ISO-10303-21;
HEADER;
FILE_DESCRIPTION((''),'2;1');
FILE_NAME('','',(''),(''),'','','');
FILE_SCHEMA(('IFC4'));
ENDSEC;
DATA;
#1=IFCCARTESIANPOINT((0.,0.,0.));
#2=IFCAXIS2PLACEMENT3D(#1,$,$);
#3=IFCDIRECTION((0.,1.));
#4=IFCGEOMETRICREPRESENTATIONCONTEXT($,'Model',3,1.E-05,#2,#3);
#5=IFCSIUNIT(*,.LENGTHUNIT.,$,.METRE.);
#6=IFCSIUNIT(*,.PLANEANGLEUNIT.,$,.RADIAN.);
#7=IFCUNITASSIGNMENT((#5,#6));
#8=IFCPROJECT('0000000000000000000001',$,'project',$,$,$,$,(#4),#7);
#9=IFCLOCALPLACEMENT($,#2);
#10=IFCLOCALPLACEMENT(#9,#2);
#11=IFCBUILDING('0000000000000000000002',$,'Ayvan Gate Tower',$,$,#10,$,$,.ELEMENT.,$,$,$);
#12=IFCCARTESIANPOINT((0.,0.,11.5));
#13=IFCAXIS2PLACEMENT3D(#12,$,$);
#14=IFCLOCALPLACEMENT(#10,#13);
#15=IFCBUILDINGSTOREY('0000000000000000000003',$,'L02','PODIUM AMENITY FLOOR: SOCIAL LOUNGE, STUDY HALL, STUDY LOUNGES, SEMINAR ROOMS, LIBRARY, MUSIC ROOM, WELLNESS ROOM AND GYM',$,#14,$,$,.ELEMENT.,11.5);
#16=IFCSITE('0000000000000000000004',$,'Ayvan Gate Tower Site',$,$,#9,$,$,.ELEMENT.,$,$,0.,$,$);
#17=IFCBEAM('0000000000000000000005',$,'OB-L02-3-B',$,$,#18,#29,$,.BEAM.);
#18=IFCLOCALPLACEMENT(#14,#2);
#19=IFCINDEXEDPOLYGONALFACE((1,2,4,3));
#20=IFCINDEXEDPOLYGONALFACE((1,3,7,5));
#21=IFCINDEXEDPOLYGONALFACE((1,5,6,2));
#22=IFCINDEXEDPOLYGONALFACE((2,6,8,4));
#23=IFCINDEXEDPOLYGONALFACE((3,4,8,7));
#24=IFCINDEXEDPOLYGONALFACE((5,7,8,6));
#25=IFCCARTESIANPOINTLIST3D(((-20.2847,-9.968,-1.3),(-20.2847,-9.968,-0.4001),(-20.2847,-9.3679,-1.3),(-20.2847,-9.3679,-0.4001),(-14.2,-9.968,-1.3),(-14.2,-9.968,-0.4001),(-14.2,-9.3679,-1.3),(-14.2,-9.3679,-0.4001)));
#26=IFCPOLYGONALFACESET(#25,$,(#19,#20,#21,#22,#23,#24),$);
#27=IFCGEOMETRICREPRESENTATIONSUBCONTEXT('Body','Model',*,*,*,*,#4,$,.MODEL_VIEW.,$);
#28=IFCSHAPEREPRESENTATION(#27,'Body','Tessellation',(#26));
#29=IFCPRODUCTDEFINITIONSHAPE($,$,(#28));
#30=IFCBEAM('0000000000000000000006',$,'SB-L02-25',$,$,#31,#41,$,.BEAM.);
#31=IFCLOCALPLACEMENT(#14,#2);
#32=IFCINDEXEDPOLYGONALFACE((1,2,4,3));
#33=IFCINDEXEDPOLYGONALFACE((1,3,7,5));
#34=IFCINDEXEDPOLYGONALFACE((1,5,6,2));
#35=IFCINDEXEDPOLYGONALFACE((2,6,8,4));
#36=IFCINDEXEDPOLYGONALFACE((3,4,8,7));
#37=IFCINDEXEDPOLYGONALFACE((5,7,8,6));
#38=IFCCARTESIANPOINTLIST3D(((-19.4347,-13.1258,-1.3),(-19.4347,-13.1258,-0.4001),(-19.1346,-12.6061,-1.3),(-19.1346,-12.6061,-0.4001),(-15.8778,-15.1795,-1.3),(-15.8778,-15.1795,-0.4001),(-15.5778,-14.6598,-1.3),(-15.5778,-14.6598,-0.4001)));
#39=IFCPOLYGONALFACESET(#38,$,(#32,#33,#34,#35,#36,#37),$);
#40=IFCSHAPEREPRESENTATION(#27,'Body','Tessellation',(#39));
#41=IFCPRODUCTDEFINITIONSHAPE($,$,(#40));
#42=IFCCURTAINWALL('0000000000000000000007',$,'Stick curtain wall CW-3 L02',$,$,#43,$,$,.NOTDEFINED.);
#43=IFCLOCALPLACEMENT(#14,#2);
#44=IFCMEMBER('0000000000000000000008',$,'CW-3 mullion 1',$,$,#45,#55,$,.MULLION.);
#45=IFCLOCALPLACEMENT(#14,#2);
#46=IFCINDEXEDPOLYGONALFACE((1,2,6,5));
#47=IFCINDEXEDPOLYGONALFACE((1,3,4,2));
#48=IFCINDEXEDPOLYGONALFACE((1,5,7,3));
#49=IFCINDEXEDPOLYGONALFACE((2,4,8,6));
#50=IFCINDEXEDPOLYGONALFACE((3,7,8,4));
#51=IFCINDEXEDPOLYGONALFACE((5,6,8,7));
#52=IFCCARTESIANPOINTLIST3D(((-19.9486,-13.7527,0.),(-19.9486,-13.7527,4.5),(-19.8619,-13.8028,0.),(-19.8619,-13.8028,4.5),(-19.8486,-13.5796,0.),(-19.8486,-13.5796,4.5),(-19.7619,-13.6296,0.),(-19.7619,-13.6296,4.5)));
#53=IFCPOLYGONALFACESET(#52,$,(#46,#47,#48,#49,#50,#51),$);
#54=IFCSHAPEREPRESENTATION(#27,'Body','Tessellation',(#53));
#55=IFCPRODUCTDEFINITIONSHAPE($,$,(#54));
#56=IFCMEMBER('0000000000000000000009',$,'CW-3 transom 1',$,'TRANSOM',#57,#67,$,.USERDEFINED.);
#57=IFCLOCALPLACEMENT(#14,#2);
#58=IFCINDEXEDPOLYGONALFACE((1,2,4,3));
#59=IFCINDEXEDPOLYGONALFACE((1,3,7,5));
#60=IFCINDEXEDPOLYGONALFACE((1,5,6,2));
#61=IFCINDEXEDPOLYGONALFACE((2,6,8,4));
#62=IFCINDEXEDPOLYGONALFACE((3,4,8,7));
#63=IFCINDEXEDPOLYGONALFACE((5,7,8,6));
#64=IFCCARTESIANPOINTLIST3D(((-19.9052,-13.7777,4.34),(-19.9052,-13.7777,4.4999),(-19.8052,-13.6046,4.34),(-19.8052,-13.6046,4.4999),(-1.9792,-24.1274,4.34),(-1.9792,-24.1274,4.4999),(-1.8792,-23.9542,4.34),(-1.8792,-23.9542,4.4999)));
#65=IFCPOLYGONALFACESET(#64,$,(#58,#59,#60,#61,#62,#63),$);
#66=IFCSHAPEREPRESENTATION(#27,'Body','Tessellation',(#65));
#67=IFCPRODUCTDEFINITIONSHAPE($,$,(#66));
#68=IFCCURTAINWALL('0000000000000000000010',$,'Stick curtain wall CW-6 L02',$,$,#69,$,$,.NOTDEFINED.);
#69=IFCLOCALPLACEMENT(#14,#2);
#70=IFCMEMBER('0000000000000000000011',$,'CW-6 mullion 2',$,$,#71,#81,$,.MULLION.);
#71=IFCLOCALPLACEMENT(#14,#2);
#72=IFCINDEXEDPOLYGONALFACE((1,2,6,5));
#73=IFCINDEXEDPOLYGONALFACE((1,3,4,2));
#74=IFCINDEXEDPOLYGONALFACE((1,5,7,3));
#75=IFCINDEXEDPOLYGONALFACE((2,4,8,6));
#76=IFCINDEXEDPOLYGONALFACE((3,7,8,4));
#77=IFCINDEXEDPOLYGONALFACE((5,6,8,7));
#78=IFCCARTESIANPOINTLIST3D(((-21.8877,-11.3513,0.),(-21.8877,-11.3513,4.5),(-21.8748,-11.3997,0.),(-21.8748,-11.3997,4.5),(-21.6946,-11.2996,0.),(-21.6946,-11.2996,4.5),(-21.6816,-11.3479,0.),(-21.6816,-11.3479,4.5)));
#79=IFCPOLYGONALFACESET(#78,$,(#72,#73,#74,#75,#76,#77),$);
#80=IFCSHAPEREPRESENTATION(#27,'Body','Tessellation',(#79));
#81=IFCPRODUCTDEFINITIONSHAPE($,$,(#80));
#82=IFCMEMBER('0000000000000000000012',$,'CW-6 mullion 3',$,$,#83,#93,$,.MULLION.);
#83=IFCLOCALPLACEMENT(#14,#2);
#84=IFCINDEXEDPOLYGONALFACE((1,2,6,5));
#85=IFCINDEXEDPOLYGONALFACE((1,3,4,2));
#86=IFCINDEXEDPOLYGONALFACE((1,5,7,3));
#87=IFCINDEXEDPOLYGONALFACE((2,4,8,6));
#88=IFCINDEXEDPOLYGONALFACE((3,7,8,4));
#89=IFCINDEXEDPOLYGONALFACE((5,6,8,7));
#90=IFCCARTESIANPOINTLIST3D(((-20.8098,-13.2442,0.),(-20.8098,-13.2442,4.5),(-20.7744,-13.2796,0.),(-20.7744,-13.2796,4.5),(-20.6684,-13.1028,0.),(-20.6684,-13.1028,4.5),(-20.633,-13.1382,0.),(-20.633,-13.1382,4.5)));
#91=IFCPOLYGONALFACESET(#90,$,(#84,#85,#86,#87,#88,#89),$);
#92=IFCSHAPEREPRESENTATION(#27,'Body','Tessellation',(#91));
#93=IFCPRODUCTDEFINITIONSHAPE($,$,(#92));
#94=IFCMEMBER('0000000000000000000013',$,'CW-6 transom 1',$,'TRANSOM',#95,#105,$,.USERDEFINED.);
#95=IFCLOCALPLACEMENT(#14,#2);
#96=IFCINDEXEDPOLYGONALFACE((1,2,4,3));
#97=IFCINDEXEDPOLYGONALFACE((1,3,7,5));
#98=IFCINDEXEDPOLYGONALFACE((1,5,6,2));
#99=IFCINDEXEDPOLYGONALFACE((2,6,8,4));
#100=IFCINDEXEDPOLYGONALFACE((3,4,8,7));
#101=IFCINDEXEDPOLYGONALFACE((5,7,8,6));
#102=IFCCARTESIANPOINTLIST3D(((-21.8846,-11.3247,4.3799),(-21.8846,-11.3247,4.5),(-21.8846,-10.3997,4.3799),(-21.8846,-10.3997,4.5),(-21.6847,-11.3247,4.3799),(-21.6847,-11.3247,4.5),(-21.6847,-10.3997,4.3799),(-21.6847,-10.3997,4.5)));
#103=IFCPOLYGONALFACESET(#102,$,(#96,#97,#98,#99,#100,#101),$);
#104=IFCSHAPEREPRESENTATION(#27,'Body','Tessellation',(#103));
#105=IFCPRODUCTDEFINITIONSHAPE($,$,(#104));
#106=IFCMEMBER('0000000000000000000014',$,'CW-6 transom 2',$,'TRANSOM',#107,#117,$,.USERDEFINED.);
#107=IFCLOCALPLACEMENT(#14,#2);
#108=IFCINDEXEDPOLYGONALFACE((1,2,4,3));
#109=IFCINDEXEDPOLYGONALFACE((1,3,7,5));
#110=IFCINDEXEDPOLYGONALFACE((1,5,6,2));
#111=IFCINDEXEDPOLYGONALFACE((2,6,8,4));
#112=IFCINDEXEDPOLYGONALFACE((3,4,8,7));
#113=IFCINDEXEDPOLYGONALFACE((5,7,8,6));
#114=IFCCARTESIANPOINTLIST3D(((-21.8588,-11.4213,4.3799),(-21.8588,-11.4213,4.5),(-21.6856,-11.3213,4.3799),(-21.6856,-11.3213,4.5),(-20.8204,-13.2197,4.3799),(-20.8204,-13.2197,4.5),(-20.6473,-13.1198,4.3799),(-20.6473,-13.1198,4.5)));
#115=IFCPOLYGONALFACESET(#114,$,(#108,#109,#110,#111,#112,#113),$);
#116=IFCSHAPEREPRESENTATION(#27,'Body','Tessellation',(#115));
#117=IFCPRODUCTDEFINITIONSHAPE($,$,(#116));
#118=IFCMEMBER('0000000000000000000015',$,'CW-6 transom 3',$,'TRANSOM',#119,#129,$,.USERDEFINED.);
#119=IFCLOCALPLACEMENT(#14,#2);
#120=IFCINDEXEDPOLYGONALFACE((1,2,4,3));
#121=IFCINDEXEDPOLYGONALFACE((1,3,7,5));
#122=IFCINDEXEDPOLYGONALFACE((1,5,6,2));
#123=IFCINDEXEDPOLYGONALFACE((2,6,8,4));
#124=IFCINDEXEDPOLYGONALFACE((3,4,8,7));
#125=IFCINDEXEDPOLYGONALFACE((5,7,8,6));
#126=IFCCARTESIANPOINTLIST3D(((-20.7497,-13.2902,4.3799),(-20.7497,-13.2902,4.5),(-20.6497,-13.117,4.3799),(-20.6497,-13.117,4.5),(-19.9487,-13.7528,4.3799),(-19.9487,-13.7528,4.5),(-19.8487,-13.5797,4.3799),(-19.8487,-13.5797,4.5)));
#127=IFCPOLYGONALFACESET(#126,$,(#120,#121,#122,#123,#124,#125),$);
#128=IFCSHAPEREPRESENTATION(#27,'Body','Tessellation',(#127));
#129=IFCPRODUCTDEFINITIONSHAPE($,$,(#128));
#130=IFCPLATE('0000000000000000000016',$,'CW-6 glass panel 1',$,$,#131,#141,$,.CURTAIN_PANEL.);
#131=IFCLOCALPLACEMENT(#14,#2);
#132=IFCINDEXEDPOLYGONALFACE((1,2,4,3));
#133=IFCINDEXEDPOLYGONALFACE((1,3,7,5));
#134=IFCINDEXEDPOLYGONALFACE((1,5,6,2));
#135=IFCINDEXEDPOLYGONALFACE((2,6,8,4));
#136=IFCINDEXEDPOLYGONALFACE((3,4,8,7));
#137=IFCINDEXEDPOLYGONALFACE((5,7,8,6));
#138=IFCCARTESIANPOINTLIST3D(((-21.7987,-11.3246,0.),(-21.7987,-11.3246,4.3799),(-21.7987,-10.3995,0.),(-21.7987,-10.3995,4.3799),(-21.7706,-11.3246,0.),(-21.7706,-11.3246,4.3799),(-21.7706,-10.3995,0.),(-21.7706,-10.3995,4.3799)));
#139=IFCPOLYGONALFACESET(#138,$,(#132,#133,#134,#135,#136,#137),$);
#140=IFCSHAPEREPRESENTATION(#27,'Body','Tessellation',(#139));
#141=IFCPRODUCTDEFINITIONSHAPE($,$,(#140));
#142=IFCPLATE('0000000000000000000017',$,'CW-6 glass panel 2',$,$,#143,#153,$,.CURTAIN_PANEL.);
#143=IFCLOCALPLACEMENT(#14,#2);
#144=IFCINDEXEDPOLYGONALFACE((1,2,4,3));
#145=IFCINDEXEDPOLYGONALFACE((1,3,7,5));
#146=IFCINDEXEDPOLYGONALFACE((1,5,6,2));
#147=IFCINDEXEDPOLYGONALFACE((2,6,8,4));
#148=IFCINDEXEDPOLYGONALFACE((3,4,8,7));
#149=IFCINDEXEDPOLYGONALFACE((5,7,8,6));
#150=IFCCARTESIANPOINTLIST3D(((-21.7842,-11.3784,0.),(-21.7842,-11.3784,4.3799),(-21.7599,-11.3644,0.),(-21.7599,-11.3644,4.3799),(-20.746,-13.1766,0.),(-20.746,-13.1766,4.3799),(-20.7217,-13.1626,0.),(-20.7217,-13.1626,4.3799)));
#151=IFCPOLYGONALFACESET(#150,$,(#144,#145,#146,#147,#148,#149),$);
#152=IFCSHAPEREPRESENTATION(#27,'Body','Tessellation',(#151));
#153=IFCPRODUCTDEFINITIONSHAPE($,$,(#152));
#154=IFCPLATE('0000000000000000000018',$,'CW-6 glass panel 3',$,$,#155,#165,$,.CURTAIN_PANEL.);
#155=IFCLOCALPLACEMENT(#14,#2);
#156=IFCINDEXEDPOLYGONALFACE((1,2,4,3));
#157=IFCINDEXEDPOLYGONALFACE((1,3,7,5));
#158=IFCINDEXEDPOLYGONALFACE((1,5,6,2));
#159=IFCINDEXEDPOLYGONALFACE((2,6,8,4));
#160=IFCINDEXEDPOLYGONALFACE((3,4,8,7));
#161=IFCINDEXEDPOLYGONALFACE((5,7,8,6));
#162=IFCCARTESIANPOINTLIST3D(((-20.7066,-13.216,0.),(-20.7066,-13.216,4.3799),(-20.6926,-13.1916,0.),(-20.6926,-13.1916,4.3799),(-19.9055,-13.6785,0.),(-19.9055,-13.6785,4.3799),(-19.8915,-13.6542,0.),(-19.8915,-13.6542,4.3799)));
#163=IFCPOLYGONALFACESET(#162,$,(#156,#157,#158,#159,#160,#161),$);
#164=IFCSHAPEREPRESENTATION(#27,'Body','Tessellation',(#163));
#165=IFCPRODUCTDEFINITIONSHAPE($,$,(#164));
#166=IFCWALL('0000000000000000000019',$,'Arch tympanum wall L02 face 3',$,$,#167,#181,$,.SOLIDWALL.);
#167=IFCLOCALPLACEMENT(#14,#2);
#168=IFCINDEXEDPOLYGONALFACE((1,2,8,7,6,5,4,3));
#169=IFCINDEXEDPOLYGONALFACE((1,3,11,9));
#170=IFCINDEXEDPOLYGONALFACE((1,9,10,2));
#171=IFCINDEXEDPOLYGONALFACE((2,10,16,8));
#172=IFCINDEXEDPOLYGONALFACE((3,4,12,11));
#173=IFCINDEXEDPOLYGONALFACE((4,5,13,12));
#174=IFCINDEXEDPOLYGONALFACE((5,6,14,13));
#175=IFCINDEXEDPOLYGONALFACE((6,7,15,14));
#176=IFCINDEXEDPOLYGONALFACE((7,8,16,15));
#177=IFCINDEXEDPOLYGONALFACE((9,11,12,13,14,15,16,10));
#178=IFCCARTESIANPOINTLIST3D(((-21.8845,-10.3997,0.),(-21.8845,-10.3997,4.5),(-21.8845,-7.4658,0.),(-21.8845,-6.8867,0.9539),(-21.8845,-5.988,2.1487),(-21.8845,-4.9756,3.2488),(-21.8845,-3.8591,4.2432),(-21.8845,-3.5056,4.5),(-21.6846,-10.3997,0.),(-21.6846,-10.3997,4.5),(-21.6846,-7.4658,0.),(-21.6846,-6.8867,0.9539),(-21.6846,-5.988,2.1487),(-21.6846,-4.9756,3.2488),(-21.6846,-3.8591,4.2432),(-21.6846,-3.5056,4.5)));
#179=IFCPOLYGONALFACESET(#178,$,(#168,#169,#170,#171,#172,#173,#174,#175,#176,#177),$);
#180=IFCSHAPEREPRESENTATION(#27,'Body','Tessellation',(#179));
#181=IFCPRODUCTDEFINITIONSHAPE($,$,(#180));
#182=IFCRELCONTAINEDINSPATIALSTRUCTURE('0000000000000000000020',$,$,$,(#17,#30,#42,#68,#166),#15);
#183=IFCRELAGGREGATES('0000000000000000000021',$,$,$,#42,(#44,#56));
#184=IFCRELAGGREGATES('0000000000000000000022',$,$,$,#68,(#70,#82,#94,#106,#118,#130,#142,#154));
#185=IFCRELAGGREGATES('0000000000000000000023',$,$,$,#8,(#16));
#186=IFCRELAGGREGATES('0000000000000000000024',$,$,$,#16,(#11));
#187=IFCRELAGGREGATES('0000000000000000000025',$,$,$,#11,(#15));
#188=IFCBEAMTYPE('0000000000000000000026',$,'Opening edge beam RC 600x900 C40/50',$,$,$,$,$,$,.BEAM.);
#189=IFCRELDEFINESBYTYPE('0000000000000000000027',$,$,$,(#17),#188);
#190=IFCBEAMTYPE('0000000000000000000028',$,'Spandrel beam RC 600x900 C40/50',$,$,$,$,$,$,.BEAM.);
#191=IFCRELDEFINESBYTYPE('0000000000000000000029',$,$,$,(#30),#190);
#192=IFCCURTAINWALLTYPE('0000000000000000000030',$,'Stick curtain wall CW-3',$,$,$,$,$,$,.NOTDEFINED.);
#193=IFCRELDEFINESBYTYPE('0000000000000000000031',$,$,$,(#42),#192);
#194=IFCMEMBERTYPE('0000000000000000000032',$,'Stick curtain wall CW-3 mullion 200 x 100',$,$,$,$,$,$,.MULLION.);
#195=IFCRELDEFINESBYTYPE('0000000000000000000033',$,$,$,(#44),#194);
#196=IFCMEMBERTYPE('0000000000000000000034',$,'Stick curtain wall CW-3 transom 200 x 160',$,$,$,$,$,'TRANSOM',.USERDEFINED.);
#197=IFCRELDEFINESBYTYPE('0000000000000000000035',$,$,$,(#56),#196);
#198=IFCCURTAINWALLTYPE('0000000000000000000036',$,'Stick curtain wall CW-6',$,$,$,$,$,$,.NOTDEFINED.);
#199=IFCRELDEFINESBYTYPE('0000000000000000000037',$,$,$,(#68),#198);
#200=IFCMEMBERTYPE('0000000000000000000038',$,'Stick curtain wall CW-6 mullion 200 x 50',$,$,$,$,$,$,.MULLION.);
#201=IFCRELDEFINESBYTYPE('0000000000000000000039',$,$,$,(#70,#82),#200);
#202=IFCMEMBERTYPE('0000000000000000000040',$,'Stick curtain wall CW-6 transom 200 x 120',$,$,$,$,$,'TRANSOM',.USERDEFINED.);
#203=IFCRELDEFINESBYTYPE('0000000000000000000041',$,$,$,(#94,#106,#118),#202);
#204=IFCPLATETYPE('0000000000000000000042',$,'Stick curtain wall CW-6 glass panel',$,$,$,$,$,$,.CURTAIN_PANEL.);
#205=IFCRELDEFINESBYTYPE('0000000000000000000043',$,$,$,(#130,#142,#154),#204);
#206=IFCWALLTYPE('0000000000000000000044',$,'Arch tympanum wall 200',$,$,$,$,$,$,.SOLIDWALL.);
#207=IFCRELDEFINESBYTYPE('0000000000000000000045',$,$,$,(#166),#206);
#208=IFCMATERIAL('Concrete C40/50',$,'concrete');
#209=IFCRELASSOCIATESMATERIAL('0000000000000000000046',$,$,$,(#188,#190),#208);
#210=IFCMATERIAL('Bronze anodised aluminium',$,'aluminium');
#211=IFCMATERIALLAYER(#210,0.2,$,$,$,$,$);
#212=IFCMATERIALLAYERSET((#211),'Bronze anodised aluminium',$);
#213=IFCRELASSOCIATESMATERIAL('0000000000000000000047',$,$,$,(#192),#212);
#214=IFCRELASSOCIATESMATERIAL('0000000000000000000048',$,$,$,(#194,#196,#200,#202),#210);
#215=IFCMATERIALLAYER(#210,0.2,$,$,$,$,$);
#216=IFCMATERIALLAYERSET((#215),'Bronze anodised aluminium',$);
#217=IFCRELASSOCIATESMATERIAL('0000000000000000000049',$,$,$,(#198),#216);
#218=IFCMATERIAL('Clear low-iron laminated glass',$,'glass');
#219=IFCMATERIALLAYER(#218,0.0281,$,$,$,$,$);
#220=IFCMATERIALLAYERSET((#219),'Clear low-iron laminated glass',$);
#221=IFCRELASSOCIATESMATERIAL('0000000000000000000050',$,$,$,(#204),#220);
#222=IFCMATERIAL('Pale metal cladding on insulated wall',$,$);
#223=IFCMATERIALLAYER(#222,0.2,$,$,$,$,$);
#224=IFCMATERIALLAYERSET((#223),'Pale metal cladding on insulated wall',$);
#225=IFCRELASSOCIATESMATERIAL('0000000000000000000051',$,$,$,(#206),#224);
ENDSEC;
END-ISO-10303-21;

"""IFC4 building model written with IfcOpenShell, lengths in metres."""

from ifc_helpers import new_model, si_unit, direction, frame, origin, origin_2d, place, context, subcontext, project, spatial, polyline, rectangle, outline, extrude, material, layer, layer_set, material_profile, profile_set, type_object, element, aggregate, save


model = new_model("IFC4")

# Units and contexts
model_context = context("Model", 3, precision=1e-05, world=origin(), true_north=direction((0.0, 1.0)))
body_context = subcontext(model_context, "Body", "Model", "MODEL_VIEW")
ifc_project = project(units=[si_unit("LENGTHUNIT", "METRE"), si_unit("PLANEANGLEUNIT", "RADIAN")], contexts=[model_context])

# Site, building, storey
site_placement = place(None, origin())
site = spatial("IfcSite", under=ifc_project, at=site_placement, Name="Ayvan Gate Tower Site", CompositionType="ELEMENT", RefElevation=0.0)
building_placement = place(site_placement, origin())
building = spatial("IfcBuilding", under=site, at=building_placement, Name="Ayvan Gate Tower", CompositionType="ELEMENT")
storey_placement = place(building_placement, frame((0.0, 0.0, 11.5)))
storey = spatial("IfcBuildingStorey", under=building, at=storey_placement, Name="L02", Description="PODIUM AMENITY FLOOR: SOCIAL LOUNGE, STUDY HALL, STUDY LOUNGES, SEMINAR ROOMS, LIBRARY, MUSIC ROOM, WELLNESS ROOM AND GYM", CompositionType="ELEMENT", Elevation=11.5)

# Beams
ifc_material_1 = material(Name="Concrete C40/50", Category="concrete")
ifc_material_profile_1 = material_profile(ifc_material_1, rectangle(XDim=0.6001, YDim=0.8999, at=origin_2d()), Name="RC 600x900")
ifc_profile_set_1 = profile_set([ifc_material_profile_1], Name="Concrete C40/50")
beam_type_1 = type_object("IfcBeamType", Name="Opening edge beam RC 600x900 C40/50", PredefinedType="BEAM", material=ifc_profile_set_1)
beam_1_placement = place(storey_placement, frame((-20.2847, -9.668, -0.8501), z_axis=(1.0, 0.0, 0.0), x_axis=(0.0, 1.0, 0.0)))
element("IfcBeam", 1, at=beam_1_placement, inside=storey, type_object=beam_type_1, Name="OB-L02-3-B", PredefinedType="BEAM", context=body_context, shape_type="SweptSolid", body=[
    extrude(rectangle(XDim=0.6001, YDim=0.8999, at=origin_2d()), origin(), (0.0, 0.0, 1.0), 6.0847),
])
ifc_material_profile_2 = material_profile(ifc_material_1, rectangle(XDim=0.6001, YDim=0.8999, at=origin_2d()), Name="RC 600x900")
ifc_profile_set_2 = profile_set([ifc_material_profile_2], Name="Concrete C40/50")
beam_type_2 = type_object("IfcBeamType", Name="Spandrel beam RC 600x900 C40/50", PredefinedType="BEAM", material=ifc_profile_set_2)
beam_2_placement = place(storey_placement, frame((-19.2847, -12.866, -0.8501), z_axis=(0.86601, -0.500026, 0.0), x_axis=(0.500026, 0.86601, 0.0)))
element("IfcBeam", 2, at=beam_2_placement, inside=storey, type_object=beam_type_2, Name="SB-L02-25", PredefinedType="BEAM", context=body_context, shape_type="SweptSolid", body=[
    extrude(rectangle(XDim=0.6001, YDim=0.8999, at=origin_2d()), origin(), (0.0, 0.0, 1.0), 4.1072),
])

# Curtain wall, members
ifc_material_2 = material(Name="Bronze anodised aluminium", Category="aluminium")
ifc_layer_1 = layer(ifc_material_2, 0.2)
ifc_layer_set_1 = layer_set([ifc_layer_1], Name="Bronze anodised aluminium")
curtain_wall_type_1 = type_object("IfcCurtainWallType", Name="Stick curtain wall CW-3", PredefinedType="NOTDEFINED", material=ifc_layer_set_1)
curtain_wall_1_placement = place(storey_placement, origin())
curtain_wall_1 = element("IfcCurtainWall", 3, at=curtain_wall_1_placement, inside=storey, type_object=curtain_wall_type_1, Name="Stick curtain wall CW-3 L02", PredefinedType="NOTDEFINED")
ifc_material_profile_3 = material_profile(ifc_material_2, rectangle(XDim=0.2, YDim=0.1001, at=origin_2d()), Name="Stick curtain wall CW-3 mullion 200 x 100")
ifc_profile_set_3 = profile_set([ifc_material_profile_3], Name="Bronze anodised aluminium")
member_type_1 = type_object("IfcMemberType", Name="Stick curtain wall CW-3 mullion 200 x 100", PredefinedType="MULLION", material=ifc_profile_set_3)
member_1_placement = place(storey_placement, frame((-19.8552, -13.6912, 0.0), z_axis=(0.0, 0.0, 1.0), x_axis=(-0.5, -0.866025, 0.0)))
member_1 = element("IfcMember", 4, at=member_1_placement, type_object=member_type_1, Name="CW-3 mullion 1", PredefinedType="MULLION", context=body_context, shape_type="SweptSolid", body=[
    extrude(rectangle(XDim=0.2, YDim=0.1001, at=origin_2d()), origin(), (0.0, 0.0, 1.0), 4.5),
])
ifc_material_profile_4 = material_profile(ifc_material_2, rectangle(XDim=0.2, YDim=0.1599, at=origin_2d()), Name="Stick curtain wall CW-3 transom 200 x 160")
ifc_profile_set_4 = profile_set([ifc_material_profile_4], Name="Bronze anodised aluminium")
member_type_2 = type_object("IfcMemberType", Name="Stick curtain wall CW-3 transom 200 x 160", ElementType="TRANSOM", PredefinedType="USERDEFINED", material=ifc_profile_set_4)
member_2_placement = place(storey_placement, frame((-19.8552, -13.6912, 4.4199), z_axis=(0.866025, -0.5, 0.0), x_axis=(0.5, 0.866025, 0.0)))
member_2 = element("IfcMember", 5, at=member_2_placement, type_object=member_type_2, Name="CW-3 transom 1", ObjectType="TRANSOM", PredefinedType="USERDEFINED", context=body_context, shape_type="SweptSolid", body=[
    extrude(rectangle(XDim=0.2, YDim=0.1599, at=origin_2d()), origin(), (0.0, 0.0, 1.0), 20.6992),
])
aggregate(curtain_wall_1, [member_1, member_2])

# Curtain wall, members, plates
ifc_layer_2 = layer(ifc_material_2, 0.2)
ifc_layer_set_2 = layer_set([ifc_layer_2], Name="Bronze anodised aluminium")
curtain_wall_type_2 = type_object("IfcCurtainWallType", Name="Stick curtain wall CW-6", PredefinedType="NOTDEFINED", material=ifc_layer_set_2)
curtain_wall_2_placement = place(storey_placement, origin())
curtain_wall_2 = element("IfcCurtainWall", 6, at=curtain_wall_2_placement, inside=storey, type_object=curtain_wall_type_2, Name="Stick curtain wall CW-6 L02", PredefinedType="NOTDEFINED")
ifc_material_profile_5 = material_profile(ifc_material_2, rectangle(XDim=0.2, YDim=0.05, at=origin_2d()), Name="Stick curtain wall CW-6 mullion 200 x 50")
ifc_profile_set_5 = profile_set([ifc_material_profile_5], Name="Bronze anodised aluminium")
member_type_3 = type_object("IfcMemberType", Name="Stick curtain wall CW-6 mullion 200 x 50", PredefinedType="MULLION", material=ifc_profile_set_5)
member_3_placement = place(storey_placement, frame((-21.7847, -11.3496, 0.0), z_axis=(0.0, 0.0, 1.0), x_axis=(-0.965926, -0.258819, 0.0)))
member_3 = element("IfcMember", 7, at=member_3_placement, type_object=member_type_3, Name="CW-6 mullion 2", PredefinedType="MULLION", context=body_context, shape_type="SweptSolid", body=[
    extrude(rectangle(XDim=0.2, YDim=0.05, at=origin_2d()), origin(), (0.0, 0.0, 1.0), 4.5),
])
member_4_placement = place(storey_placement, frame((-20.7214, -13.1912, 0.0), z_axis=(0.0, 0.0, 1.0), x_axis=(-0.707107, -0.707107, 0.0)))
member_4 = element("IfcMember", 8, at=member_4_placement, type_object=member_type_3, Name="CW-6 mullion 3", PredefinedType="MULLION", context=body_context, shape_type="SweptSolid", body=[
    extrude(rectangle(XDim=0.2, YDim=0.05, at=origin_2d()), origin(), (0.0, 0.0, 1.0), 4.5),
])
ifc_material_profile_6 = material_profile(ifc_material_2, rectangle(XDim=0.2, YDim=0.1201, at=origin_2d()), Name="Stick curtain wall CW-6 transom 200 x 120")
ifc_profile_set_6 = profile_set([ifc_material_profile_6], Name="Bronze anodised aluminium")
member_type_4 = type_object("IfcMemberType", Name="Stick curtain wall CW-6 transom 200 x 120", ElementType="TRANSOM", PredefinedType="USERDEFINED", material=ifc_profile_set_6)
member_5_placement = place(storey_placement, frame((-21.7847, -10.3997, 4.4399), z_axis=(0.0, -1.0, 0.0), x_axis=(1.0, 0.0, 0.0)))
member_5 = element("IfcMember", 9, at=member_5_placement, type_object=member_type_4, Name="CW-6 transom 1", ObjectType="TRANSOM", PredefinedType="USERDEFINED", context=body_context, shape_type="SweptSolid", body=[
    extrude(rectangle(XDim=0.2, YDim=0.1201, at=origin_2d()), origin(), (0.0, 0.0, 1.0), 0.925),
])
member_6_placement = place(storey_placement, frame((-21.7722, -11.3713, 4.4399), z_axis=(0.500021, -0.866013, 0.0), x_axis=(0.866013, 0.500021, 0.0)))
member_6 = element("IfcMember", 10, at=member_6_placement, type_object=member_type_4, Name="CW-6 transom 2", ObjectType="TRANSOM", PredefinedType="USERDEFINED", context=body_context, shape_type="SweptSolid", body=[
    extrude(rectangle(XDim=0.2, YDim=0.1201, at=origin_2d()), origin(), (0.0, 0.0, 1.0), 2.0767),
])
member_7_placement = place(storey_placement, frame((-20.6997, -13.2036, 4.4399), z_axis=(0.865944, -0.500141, 0.0), x_axis=(0.500141, 0.865944, 0.0)))
member_7 = element("IfcMember", 11, at=member_7_placement, type_object=member_type_4, Name="CW-6 transom 3", ObjectType="TRANSOM", PredefinedType="USERDEFINED", context=body_context, shape_type="SweptSolid", body=[
    extrude(rectangle(XDim=0.2, YDim=0.1201, at=origin_2d()), origin(), (0.0, 0.0, 1.0), 0.925),
])
ifc_material_3 = material(Name="Clear low-iron laminated glass", Category="glass")
ifc_layer_3 = layer(ifc_material_3, 0.0281)
ifc_layer_set_3 = layer_set([ifc_layer_3], Name="Clear low-iron laminated glass")
plate_type = type_object("IfcPlateType", Name="Stick curtain wall CW-6 glass panel", PredefinedType="CURTAIN_PANEL", material=ifc_layer_set_3)
plate_1_placement = place(storey_placement, frame((-21.7847, -10.8621, 0.0), z_axis=(0.0, 0.0, 1.0), x_axis=(0.0, -1.0, 0.0)))
plate_1 = element("IfcPlate", 12, at=plate_1_placement, type_object=plate_type, Name="CW-6 glass panel 1", PredefinedType="CURTAIN_PANEL", context=body_context, shape_type="SweptSolid", body=[
    extrude(rectangle(XDim=0.925, YDim=0.0281, at=origin_2d()), origin(), (0.0, 0.0, 1.0), 4.3799),
])
plate_2_placement = place(storey_placement, frame((-21.2529, -12.2705, 0.0), z_axis=(0.0, 0.0, 1.0), x_axis=(0.5, -0.866025, 0.0)))
plate_2 = element("IfcPlate", 13, at=plate_2_placement, type_object=plate_type, Name="CW-6 glass panel 2", PredefinedType="CURTAIN_PANEL", context=body_context, shape_type="SweptSolid", body=[
    extrude(rectangle(XDim=2.0764, YDim=0.0281, at=origin_2d()), origin(), (0.0, 0.0, 1.0), 4.3799),
])
plate_3_placement = place(storey_placement, frame((-20.2991, -13.4351, 0.0), z_axis=(0.0, 0.0, 1.0), x_axis=(0.866025, -0.5, 0.0)))
plate_3 = element("IfcPlate", 14, at=plate_3_placement, type_object=plate_type, Name="CW-6 glass panel 3", PredefinedType="CURTAIN_PANEL", context=body_context, shape_type="SweptSolid", body=[
    extrude(rectangle(XDim=0.925, YDim=0.0281, at=origin_2d()), origin(), (0.0, 0.0, 1.0), 4.3799),
])
aggregate(curtain_wall_2, [member_3, member_4, member_5, member_6, member_7, plate_1, plate_2, plate_3])

# Wall
ifc_material_4 = material(Name="Pale metal cladding on insulated wall")
ifc_layer_4 = layer(ifc_material_4, 0.2)
ifc_layer_set_4 = layer_set([ifc_layer_4], Name="Pale metal cladding on insulated wall")
wall_type_1 = type_object("IfcWallType", Name="Arch tympanum wall 200", PredefinedType="SOLIDWALL", material=ifc_layer_set_4)
wall_1_placement = place(storey_placement, frame((-21.6846, -10.3997, 0.0), z_axis=(1.0, 0.0, 0.0), x_axis=(0.0, 1.0, 0.0)))
element("IfcWall", 15, at=wall_1_placement, inside=storey, type_object=wall_type_1, Name="Arch tympanum wall L02 face 3", PredefinedType="SOLIDWALL", context=body_context, shape_type="SweptSolid", body=[
    extrude(outline(polyline([(0.0, 0.0), (2.9338, 0.0), (3.5129, 0.9539), (4.4116, 2.1487), (5.4241, 3.2488), (6.5405, 4.2432), (6.894, 4.5), (0.0, 4.5), (0.0, 0.0)])), origin(), (0.0, 0.0, -1.0), 0.2),
])

save(model, "model.ifc")
